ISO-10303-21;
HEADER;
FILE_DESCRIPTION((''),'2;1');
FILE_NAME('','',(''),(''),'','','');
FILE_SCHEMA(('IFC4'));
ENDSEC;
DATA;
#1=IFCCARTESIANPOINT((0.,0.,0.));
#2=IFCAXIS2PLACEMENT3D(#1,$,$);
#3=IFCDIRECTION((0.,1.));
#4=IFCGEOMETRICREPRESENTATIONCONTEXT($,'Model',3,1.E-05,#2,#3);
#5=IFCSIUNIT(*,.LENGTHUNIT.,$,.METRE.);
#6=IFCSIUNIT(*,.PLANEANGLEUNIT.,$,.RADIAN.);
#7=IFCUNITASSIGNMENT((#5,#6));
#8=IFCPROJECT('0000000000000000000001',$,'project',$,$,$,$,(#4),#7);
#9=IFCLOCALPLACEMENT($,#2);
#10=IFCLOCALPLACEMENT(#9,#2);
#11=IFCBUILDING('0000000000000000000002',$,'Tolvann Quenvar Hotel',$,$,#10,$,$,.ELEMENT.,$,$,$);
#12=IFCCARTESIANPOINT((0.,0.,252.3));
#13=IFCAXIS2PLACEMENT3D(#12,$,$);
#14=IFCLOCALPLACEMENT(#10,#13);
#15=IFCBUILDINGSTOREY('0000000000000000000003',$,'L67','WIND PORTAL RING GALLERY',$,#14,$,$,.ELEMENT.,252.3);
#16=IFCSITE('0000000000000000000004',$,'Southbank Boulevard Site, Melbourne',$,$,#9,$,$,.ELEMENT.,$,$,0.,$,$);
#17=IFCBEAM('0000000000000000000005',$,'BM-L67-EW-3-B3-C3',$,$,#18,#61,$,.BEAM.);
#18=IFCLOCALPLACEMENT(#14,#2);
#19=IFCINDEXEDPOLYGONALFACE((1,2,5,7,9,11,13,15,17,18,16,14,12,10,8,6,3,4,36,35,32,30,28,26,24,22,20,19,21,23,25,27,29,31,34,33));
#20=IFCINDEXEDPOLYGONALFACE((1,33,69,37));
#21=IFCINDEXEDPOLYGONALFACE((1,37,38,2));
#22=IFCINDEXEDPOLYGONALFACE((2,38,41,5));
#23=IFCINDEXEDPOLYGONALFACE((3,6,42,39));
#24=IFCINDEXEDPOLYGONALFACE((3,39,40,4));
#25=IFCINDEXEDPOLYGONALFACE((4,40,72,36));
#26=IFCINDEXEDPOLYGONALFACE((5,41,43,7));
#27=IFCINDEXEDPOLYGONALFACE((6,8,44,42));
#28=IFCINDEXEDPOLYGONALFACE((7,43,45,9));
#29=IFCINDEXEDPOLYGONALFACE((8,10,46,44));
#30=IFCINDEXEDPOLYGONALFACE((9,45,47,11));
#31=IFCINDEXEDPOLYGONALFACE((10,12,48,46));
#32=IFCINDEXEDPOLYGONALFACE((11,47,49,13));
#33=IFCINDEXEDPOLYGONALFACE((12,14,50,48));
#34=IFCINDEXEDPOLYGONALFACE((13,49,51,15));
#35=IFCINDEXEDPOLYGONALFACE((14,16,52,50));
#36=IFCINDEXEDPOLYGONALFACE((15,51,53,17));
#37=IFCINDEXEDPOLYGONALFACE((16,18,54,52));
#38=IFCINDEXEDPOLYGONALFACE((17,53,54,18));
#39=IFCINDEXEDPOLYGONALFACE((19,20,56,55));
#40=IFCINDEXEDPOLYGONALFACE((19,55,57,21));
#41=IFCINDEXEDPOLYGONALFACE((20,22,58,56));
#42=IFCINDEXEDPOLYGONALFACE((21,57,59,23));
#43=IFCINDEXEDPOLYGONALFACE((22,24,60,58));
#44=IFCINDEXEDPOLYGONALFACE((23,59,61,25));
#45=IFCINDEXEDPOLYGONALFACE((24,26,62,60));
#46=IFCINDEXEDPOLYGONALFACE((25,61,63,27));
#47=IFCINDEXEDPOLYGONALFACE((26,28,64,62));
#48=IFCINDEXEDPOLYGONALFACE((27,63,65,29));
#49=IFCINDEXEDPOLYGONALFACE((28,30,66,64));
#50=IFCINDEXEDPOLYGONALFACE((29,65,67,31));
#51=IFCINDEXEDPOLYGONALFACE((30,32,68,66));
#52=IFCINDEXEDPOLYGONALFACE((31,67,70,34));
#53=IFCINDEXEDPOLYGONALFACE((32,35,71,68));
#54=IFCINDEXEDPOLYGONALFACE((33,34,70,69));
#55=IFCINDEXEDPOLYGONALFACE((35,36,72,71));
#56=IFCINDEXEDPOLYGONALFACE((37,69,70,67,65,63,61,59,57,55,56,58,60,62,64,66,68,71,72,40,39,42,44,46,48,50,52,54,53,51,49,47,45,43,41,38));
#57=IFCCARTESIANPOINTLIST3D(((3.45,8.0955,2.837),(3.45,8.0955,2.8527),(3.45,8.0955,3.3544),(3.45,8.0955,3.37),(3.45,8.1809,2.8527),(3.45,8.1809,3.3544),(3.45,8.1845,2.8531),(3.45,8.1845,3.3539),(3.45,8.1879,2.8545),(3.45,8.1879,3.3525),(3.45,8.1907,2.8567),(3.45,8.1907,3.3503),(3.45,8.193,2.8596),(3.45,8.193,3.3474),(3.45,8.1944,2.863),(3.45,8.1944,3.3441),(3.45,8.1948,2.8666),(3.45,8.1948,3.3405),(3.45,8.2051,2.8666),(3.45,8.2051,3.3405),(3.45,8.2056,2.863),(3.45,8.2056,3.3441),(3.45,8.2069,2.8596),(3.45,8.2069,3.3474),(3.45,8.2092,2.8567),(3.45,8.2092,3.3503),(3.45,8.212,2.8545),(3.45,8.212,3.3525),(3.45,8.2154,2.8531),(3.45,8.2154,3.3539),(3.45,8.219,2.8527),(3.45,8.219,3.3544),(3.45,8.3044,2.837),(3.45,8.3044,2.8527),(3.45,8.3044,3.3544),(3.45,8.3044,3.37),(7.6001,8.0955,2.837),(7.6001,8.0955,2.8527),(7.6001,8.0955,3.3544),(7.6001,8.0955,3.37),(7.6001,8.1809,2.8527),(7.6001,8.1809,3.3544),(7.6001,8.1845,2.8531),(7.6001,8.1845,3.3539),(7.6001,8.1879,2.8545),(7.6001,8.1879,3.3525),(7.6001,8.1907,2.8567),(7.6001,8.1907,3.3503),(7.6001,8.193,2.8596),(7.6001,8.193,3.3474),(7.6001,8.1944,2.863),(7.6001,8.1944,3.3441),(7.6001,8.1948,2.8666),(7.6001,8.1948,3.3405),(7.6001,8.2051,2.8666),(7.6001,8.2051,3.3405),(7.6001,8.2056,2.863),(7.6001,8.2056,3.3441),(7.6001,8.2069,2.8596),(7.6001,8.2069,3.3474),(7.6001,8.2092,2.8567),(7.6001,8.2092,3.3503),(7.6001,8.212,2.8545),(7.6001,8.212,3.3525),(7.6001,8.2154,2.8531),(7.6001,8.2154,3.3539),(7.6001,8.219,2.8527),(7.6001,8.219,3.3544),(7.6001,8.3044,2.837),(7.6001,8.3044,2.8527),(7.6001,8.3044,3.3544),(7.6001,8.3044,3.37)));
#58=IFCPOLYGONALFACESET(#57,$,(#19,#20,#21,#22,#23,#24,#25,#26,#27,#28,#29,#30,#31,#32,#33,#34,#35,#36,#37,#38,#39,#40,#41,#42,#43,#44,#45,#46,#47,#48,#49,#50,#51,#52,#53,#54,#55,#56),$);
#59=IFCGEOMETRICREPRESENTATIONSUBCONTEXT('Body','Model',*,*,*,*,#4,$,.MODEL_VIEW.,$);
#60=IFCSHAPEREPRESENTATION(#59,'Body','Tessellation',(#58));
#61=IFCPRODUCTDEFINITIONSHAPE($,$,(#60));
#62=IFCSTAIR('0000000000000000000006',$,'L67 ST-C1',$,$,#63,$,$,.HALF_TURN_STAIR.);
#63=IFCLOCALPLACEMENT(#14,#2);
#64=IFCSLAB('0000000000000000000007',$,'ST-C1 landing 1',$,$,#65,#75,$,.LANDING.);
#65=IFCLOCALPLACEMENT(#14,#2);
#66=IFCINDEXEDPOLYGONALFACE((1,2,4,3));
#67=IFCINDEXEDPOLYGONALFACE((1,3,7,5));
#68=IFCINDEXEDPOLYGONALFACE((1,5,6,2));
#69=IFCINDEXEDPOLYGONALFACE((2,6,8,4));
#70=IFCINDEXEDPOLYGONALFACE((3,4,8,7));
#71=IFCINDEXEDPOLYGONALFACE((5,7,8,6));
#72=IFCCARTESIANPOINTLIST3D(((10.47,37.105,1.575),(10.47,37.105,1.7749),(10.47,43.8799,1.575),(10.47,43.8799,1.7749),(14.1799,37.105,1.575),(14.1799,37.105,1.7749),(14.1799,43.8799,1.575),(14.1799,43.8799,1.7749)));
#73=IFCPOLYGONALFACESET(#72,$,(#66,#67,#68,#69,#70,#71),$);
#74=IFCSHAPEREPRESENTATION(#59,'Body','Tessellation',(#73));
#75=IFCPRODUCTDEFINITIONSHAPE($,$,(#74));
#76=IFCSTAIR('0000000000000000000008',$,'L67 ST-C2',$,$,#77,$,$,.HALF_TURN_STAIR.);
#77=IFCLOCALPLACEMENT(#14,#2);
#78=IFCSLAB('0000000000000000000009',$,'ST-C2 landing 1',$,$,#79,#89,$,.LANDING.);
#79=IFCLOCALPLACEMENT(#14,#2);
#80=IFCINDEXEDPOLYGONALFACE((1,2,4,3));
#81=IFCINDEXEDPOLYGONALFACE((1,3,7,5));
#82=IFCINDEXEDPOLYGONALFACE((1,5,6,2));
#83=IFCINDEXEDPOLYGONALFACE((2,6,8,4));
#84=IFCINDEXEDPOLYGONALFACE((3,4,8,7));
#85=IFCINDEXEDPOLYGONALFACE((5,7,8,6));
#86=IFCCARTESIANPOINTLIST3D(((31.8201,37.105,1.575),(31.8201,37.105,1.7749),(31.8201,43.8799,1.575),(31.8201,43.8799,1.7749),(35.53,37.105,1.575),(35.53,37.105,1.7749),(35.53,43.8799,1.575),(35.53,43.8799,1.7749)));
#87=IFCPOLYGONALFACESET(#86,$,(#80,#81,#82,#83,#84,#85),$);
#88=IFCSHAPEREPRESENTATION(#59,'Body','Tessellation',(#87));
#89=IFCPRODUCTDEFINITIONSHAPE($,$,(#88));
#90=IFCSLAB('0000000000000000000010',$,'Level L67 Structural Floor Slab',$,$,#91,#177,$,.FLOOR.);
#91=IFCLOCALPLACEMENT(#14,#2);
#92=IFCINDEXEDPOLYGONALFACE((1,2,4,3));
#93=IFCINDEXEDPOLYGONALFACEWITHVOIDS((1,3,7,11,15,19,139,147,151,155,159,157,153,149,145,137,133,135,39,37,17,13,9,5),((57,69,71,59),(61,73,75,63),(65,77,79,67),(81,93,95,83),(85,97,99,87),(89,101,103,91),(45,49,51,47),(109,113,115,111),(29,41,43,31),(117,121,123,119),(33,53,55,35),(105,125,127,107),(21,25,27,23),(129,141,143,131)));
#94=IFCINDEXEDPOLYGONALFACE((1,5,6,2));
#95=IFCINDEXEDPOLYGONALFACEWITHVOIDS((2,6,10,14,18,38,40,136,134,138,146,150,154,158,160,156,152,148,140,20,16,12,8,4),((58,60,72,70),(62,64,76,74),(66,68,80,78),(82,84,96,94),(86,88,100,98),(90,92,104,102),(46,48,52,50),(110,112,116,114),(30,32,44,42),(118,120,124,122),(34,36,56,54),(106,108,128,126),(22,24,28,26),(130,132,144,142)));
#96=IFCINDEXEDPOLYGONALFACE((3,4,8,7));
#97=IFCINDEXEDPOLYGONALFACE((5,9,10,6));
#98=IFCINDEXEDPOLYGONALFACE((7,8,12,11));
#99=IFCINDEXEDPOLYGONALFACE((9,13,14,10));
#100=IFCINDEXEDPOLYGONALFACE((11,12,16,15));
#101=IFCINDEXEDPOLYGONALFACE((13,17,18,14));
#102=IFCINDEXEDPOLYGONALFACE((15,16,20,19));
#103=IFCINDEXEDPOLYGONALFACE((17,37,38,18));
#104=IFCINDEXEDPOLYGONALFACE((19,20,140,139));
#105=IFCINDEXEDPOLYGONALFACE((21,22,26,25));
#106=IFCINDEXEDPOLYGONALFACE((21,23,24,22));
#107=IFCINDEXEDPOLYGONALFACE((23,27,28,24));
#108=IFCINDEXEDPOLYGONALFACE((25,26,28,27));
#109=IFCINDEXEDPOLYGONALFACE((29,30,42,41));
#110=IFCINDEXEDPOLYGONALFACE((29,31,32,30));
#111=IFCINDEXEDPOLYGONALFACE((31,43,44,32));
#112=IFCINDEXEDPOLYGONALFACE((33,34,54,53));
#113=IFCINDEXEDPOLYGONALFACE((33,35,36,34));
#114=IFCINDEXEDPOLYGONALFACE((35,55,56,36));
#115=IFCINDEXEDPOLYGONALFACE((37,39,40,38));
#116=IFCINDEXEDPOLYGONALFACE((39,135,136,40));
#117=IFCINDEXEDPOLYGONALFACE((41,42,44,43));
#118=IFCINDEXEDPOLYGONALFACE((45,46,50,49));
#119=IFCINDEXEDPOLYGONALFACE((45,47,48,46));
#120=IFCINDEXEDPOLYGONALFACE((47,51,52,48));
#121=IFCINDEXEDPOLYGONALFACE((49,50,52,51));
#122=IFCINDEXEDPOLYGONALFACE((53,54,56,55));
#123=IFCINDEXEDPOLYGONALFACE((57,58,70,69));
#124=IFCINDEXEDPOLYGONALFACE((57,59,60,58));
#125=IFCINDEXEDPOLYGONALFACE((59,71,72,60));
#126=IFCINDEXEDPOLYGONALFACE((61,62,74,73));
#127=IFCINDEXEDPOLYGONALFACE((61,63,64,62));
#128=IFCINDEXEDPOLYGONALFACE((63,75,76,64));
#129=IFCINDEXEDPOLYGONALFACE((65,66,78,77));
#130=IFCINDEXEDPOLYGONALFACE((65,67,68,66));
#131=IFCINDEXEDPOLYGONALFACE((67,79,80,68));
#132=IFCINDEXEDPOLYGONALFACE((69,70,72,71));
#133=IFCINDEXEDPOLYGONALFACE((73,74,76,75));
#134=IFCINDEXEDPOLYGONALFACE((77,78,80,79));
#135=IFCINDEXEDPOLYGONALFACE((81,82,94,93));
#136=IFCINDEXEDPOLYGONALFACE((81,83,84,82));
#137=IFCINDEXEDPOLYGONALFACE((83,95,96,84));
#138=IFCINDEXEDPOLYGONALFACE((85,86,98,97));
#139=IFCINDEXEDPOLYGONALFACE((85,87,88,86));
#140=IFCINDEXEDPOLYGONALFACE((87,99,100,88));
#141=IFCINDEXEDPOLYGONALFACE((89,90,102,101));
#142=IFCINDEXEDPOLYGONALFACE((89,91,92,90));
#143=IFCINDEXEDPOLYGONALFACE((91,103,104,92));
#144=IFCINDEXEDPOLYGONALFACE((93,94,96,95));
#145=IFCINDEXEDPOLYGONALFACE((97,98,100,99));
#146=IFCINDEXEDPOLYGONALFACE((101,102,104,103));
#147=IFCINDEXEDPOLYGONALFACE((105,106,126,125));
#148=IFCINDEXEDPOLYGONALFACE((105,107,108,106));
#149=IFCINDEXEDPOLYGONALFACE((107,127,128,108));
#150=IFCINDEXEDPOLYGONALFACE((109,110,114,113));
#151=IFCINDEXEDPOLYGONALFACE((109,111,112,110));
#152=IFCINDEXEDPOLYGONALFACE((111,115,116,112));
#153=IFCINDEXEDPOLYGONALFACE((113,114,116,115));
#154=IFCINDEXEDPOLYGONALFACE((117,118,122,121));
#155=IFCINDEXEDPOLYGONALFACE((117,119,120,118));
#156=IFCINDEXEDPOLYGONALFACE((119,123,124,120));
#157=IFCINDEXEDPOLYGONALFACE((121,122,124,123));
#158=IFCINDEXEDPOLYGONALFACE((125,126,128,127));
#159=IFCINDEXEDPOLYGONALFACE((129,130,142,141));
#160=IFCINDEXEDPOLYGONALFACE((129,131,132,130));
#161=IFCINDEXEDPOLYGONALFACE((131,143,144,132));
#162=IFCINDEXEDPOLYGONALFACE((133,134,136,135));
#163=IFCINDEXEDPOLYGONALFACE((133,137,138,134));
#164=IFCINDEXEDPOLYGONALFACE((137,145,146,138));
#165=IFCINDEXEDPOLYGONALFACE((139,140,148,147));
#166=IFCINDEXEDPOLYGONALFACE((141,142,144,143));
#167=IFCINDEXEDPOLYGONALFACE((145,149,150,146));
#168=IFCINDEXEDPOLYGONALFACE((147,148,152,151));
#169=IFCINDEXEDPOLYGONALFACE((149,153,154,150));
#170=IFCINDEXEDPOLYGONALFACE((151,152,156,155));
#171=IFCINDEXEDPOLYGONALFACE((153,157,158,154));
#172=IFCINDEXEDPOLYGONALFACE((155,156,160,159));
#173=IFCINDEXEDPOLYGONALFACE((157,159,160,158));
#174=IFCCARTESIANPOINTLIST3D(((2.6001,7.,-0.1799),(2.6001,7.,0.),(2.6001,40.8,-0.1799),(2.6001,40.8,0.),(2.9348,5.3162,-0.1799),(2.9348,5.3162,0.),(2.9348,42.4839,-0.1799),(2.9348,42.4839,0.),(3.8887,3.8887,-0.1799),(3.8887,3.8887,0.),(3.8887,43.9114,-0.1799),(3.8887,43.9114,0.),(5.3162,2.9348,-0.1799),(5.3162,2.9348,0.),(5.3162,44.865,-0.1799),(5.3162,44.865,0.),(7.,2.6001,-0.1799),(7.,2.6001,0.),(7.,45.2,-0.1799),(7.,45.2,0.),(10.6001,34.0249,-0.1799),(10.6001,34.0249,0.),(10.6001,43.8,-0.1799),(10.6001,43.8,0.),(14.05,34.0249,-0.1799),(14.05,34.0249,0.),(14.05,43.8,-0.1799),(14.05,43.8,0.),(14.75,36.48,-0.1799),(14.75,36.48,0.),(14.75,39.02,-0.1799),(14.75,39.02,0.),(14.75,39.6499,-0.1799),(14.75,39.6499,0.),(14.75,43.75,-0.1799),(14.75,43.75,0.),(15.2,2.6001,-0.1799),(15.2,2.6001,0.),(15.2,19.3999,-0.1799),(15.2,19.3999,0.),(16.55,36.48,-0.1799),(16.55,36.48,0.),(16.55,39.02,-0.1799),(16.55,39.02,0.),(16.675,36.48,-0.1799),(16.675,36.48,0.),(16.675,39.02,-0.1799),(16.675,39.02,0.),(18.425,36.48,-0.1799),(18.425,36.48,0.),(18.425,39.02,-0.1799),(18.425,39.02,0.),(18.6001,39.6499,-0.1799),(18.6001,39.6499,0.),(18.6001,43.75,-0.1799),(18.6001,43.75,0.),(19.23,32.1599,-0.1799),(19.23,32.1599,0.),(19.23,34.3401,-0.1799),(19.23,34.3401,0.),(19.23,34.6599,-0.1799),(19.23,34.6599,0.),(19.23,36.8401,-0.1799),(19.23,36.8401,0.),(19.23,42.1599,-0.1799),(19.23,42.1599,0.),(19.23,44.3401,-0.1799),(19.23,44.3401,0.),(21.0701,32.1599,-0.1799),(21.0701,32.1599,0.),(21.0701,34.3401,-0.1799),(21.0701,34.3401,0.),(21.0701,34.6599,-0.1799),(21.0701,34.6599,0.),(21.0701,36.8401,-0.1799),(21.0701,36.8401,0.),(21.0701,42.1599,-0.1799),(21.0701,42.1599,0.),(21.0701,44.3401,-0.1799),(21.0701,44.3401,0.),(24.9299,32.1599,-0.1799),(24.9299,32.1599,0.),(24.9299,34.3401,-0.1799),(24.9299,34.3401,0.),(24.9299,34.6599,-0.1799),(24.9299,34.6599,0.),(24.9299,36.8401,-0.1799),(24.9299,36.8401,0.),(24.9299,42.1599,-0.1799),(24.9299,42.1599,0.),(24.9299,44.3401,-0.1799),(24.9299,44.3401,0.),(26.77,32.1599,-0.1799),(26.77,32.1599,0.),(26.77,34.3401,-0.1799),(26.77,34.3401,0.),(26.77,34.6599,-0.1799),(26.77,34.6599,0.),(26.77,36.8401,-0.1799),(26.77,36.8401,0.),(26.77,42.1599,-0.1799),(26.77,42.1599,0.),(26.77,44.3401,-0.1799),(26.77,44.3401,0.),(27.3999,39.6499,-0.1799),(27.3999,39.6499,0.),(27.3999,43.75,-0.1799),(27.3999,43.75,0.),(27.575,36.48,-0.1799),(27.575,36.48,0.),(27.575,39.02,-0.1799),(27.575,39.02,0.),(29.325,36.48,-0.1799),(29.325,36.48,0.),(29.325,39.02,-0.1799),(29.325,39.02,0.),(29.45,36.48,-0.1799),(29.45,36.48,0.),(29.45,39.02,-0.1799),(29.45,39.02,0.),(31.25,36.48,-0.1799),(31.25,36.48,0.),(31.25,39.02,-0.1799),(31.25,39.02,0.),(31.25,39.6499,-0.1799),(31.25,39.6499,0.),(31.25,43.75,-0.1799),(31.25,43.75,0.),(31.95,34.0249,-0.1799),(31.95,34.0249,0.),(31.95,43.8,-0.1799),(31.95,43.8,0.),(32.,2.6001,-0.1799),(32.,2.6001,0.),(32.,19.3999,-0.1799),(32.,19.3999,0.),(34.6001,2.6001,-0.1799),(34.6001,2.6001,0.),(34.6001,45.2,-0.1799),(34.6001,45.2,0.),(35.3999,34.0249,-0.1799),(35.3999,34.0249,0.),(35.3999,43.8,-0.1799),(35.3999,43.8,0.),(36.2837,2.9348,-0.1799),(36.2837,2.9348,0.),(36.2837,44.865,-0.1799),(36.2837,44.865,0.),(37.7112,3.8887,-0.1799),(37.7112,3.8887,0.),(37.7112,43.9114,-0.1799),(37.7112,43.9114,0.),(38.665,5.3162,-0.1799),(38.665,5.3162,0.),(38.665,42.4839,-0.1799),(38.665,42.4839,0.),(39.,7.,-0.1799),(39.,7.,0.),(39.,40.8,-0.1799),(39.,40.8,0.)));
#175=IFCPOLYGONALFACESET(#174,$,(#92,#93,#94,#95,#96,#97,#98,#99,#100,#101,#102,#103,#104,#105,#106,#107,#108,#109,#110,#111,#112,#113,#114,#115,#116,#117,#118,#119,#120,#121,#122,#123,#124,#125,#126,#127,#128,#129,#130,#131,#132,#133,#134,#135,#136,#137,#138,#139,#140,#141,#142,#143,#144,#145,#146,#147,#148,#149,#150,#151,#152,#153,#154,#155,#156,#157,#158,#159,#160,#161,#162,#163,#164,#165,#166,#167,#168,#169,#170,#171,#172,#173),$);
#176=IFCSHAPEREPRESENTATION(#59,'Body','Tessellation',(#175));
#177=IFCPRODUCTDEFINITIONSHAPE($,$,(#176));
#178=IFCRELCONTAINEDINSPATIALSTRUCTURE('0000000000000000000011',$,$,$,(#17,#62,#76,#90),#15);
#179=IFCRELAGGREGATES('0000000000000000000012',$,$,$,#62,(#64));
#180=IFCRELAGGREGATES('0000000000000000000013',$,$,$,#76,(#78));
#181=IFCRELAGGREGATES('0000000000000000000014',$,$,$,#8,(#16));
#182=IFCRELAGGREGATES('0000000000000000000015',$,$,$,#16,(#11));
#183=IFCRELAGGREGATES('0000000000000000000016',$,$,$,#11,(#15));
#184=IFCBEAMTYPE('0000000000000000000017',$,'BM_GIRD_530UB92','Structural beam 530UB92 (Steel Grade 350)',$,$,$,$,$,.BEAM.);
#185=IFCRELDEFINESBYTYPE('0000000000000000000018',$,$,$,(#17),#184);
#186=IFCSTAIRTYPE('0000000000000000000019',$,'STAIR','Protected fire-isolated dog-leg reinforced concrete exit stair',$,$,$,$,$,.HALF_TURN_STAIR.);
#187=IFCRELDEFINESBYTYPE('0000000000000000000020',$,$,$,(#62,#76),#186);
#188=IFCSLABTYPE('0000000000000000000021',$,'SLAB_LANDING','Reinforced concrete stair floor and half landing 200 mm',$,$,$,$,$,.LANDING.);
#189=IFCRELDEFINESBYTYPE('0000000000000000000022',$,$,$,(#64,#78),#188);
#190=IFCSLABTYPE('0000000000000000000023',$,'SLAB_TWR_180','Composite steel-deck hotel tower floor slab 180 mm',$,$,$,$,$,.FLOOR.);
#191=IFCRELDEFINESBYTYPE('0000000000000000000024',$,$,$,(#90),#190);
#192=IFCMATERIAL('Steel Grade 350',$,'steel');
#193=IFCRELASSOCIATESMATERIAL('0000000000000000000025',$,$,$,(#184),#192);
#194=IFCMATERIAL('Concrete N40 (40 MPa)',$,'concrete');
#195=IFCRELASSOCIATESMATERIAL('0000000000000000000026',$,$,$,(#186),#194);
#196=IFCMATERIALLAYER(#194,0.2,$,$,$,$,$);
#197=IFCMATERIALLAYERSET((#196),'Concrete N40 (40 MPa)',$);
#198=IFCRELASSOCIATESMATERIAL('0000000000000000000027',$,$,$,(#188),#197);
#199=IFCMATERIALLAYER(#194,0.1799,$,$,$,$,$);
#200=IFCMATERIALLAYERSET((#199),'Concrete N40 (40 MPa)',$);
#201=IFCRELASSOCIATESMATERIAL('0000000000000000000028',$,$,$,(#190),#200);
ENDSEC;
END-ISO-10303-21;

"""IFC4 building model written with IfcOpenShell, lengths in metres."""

from ifc_helpers import new_model, si_unit, direction, frame, origin, origin_2d, place, context, subcontext, project, spatial, polyline, i_section, outline, extrude, source, transform, mapped, material, layer, layer_set, material_profile, profile_set, type_object, element, aggregate, save


model = new_model("IFC4")

# Units and contexts
model_context = context("Model", 3, precision=1e-05, world=origin(), true_north=direction((0.0, 1.0)))
body_context = subcontext(model_context, "Body", "Model", "MODEL_VIEW")
ifc_project = project(units=[si_unit("LENGTHUNIT", "METRE"), si_unit("PLANEANGLEUNIT", "RADIAN")], contexts=[model_context])

# Site, building, storey
site_placement = place(None, origin())
site = spatial("IfcSite", under=ifc_project, at=site_placement, Name="Southbank Boulevard Site, Melbourne", CompositionType="ELEMENT", RefElevation=0.0)
building_placement = place(site_placement, origin())
building = spatial("IfcBuilding", under=site, at=building_placement, Name="Tolvann Quenvar Hotel", CompositionType="ELEMENT")
storey_placement = place(building_placement, frame((0.0, 0.0, 252.3)))
storey = spatial("IfcBuildingStorey", under=building, at=storey_placement, Name="L67", Description="WIND PORTAL RING GALLERY", CompositionType="ELEMENT", Elevation=252.3)

# Shared definitions
ifc_material_1 = material(Name="Steel Grade 350", Category="steel")

# Beam
ifc_material_profile_1 = material_profile(ifc_material_1, i_section(OverallWidth=0.209, OverallDepth=0.533, WebThickness=0.0103, FlangeThickness=0.0156, FilletRadius=0.0139, at=origin_2d()), Name="530UB92")
ifc_profile_set_1 = profile_set([ifc_material_profile_1], Name="Steel Grade 350")
beam_type_1 = type_object("IfcBeamType", Name="BM_GIRD_530UB92", Description="Structural beam 530UB92 (Steel Grade 350)", PredefinedType="BEAM", material=ifc_profile_set_1)
shared_shape_1 = source(origin(), body_context, "Body", "SweptSolid", [
    extrude(i_section(OverallWidth=0.209, OverallDepth=0.533, WebThickness=0.0103, FlangeThickness=0.0156, FilletRadius=0.0139, at=origin_2d()), origin(), (0.0, 0.0, 1.0), 4.1501),
])
beam_1_placement = place(storey_placement, frame((3.45, 8.2, 3.1035), z_axis=(1.0, 0.0, 0.0), x_axis=(0.0, 1.0, 0.0)))
element("IfcBeam", 1, at=beam_1_placement, inside=storey, type_object=beam_type_1, Name="BM-L67-EW-3-B3-C3", PredefinedType="BEAM", context=body_context, shape_type="MappedRepresentation", body=[
    mapped(shared_shape_1, transform((0.0, 0.0, 0.0), x_axis=(1.0, 0.0, 0.0), y_axis=(0.0, 1.0, 0.0), z_axis=(0.0, 0.0, 1.0), scale=1.0)),
])

# Stairs, slabs
ifc_material_2 = material(Name="Concrete N40 (40 MPa)", Category="concrete")
stair_type = type_object("IfcStairType", Name="STAIR", Description="Protected fire-isolated dog-leg reinforced concrete exit stair", PredefinedType="HALF_TURN_STAIR", material=ifc_material_2)
stair_1_placement = place(storey_placement, origin())
stair_1 = element("IfcStair", 2, at=stair_1_placement, inside=storey, type_object=stair_type, Name="L67 ST-C1", PredefinedType="HALF_TURN_STAIR")
ifc_layer_1 = layer(ifc_material_2, 0.2)
ifc_layer_set_1 = layer_set([ifc_layer_1], Name="Concrete N40 (40 MPa)")
slab_type_1 = type_object("IfcSlabType", Name="SLAB_LANDING", Description="Reinforced concrete stair floor and half landing 200 mm", PredefinedType="LANDING", material=ifc_layer_set_1)
slab_1_placement = place(storey_placement, frame((0.0, 0.0, 1.575)))
slab_1 = element("IfcSlab", 3, at=slab_1_placement, type_object=slab_type_1, Name="ST-C1 landing 1", PredefinedType="LANDING", context=body_context, shape_type="SweptSolid", body=[
    extrude(outline(polyline([(14.1799, 37.105), (14.1799, 43.8799), (10.47, 43.8799), (10.47, 37.105), (14.1799, 37.105)])), origin(), (0.0, 0.0, 1.0), 0.2),
])
aggregate(stair_1, [slab_1])
stair_2_placement = place(storey_placement, origin())
stair_2 = element("IfcStair", 4, at=stair_2_placement, inside=storey, type_object=stair_type, Name="L67 ST-C2", PredefinedType="HALF_TURN_STAIR")
slab_2_placement = place(storey_placement, frame((0.0, 0.0, 1.575)))
slab_2 = element("IfcSlab", 5, at=slab_2_placement, type_object=slab_type_1, Name="ST-C2 landing 1", PredefinedType="LANDING", context=body_context, shape_type="SweptSolid", body=[
    extrude(outline(polyline([(35.53, 37.105), (35.53, 43.8799), (31.8201, 43.8799), (31.8201, 37.105), (35.53, 37.105)])), origin(), (0.0, 0.0, 1.0), 0.2),
])
aggregate(stair_2, [slab_2])

# Slab
ifc_layer_2 = layer(ifc_material_2, 0.1799)
ifc_layer_set_2 = layer_set([ifc_layer_2], Name="Concrete N40 (40 MPa)")
slab_type_2 = type_object("IfcSlabType", Name="SLAB_TWR_180", Description="Composite steel-deck hotel tower floor slab 180 mm", PredefinedType="FLOOR", material=ifc_layer_set_2)
slab_3_placement = place(storey_placement, frame((0.0, 0.0, -0.1799)))
element("IfcSlab", 6, at=slab_3_placement, inside=storey, type_object=slab_type_2, Name="Level L67 Structural Floor Slab", PredefinedType="FLOOR", context=body_context, shape_type="SweptSolid", body=[
    extrude(outline(polyline([(2.6001, 7.0), (2.9348, 5.3162), (3.8887, 3.8887), (5.3162, 2.9348), (7.0, 2.6001), (15.2, 2.6001), (15.2, 19.3999), (32.0, 19.3999), (32.0, 2.6001), (34.6001, 2.6001), (36.2837, 2.9348), (37.7112, 3.8887), (38.665, 5.3162), (39.0, 7.0), (39.0, 40.8), (38.665, 42.4839), (37.7112, 43.9114), (36.2837, 44.865), (34.6001, 45.2), (7.0, 45.2), (5.3162, 44.865), (3.8887, 43.9114), (2.9348, 42.4839), (2.6001, 40.8), (2.6001, 7.0)]), holes=[polyline([(31.95, 34.0249), (31.95, 43.8), (35.3999, 43.8), (35.3999, 34.0249), (31.95, 34.0249)]), polyline([(27.3999, 43.75), (31.25, 43.75), (31.25, 39.6499), (27.3999, 39.6499), (27.3999, 43.75)]), polyline([(29.45, 39.02), (31.25, 39.02), (31.25, 36.48), (29.45, 36.48), (29.45, 39.02)]), polyline([(27.575, 39.02), (29.325, 39.02), (29.325, 36.48), (27.575, 36.48), (27.575, 39.02)]), polyline([(24.9299, 36.8401), (26.77, 36.8401), (26.77, 34.6599), (24.9299, 34.6599), (24.9299, 36.8401)]), polyline([(24.9299, 44.3401), (26.77, 44.3401), (26.77, 42.1599), (24.9299, 42.1599), (24.9299, 44.3401)]), polyline([(24.9299, 32.1599), (24.9299, 34.3401), (26.77, 34.3401), (26.77, 32.1599), (24.9299, 32.1599)]), polyline([(19.23, 36.8401), (21.0701, 36.8401), (21.0701, 34.6599), (19.23, 34.6599), (19.23, 36.8401)]), polyline([(19.23, 44.3401), (21.0701, 44.3401), (21.0701, 42.1599), (19.23, 42.1599), (19.23, 44.3401)]), polyline([(19.23, 32.1599), (19.23, 34.3401), (21.0701, 34.3401), (21.0701, 32.1599), (19.23, 32.1599)]), polyline([(14.75, 43.75), (18.6001, 43.75), (18.6001, 39.6499), (14.75, 39.6499), (14.75, 43.75)]), polyline([(16.675, 39.02), (18.425, 39.02), (18.425, 36.48), (16.675, 36.48), (16.675, 39.02)]), polyline([(14.75, 39.02), (16.55, 39.02), (16.55, 36.48), (14.75, 36.48), (14.75, 39.02)]), polyline([(10.6001, 34.0249), (10.6001, 43.8), (14.05, 43.8), (14.05, 34.0249), (10.6001, 34.0249)])]), origin(), (0.0, 0.0, 1.0), 0.1799),
])

save(model, "model.ifc")
